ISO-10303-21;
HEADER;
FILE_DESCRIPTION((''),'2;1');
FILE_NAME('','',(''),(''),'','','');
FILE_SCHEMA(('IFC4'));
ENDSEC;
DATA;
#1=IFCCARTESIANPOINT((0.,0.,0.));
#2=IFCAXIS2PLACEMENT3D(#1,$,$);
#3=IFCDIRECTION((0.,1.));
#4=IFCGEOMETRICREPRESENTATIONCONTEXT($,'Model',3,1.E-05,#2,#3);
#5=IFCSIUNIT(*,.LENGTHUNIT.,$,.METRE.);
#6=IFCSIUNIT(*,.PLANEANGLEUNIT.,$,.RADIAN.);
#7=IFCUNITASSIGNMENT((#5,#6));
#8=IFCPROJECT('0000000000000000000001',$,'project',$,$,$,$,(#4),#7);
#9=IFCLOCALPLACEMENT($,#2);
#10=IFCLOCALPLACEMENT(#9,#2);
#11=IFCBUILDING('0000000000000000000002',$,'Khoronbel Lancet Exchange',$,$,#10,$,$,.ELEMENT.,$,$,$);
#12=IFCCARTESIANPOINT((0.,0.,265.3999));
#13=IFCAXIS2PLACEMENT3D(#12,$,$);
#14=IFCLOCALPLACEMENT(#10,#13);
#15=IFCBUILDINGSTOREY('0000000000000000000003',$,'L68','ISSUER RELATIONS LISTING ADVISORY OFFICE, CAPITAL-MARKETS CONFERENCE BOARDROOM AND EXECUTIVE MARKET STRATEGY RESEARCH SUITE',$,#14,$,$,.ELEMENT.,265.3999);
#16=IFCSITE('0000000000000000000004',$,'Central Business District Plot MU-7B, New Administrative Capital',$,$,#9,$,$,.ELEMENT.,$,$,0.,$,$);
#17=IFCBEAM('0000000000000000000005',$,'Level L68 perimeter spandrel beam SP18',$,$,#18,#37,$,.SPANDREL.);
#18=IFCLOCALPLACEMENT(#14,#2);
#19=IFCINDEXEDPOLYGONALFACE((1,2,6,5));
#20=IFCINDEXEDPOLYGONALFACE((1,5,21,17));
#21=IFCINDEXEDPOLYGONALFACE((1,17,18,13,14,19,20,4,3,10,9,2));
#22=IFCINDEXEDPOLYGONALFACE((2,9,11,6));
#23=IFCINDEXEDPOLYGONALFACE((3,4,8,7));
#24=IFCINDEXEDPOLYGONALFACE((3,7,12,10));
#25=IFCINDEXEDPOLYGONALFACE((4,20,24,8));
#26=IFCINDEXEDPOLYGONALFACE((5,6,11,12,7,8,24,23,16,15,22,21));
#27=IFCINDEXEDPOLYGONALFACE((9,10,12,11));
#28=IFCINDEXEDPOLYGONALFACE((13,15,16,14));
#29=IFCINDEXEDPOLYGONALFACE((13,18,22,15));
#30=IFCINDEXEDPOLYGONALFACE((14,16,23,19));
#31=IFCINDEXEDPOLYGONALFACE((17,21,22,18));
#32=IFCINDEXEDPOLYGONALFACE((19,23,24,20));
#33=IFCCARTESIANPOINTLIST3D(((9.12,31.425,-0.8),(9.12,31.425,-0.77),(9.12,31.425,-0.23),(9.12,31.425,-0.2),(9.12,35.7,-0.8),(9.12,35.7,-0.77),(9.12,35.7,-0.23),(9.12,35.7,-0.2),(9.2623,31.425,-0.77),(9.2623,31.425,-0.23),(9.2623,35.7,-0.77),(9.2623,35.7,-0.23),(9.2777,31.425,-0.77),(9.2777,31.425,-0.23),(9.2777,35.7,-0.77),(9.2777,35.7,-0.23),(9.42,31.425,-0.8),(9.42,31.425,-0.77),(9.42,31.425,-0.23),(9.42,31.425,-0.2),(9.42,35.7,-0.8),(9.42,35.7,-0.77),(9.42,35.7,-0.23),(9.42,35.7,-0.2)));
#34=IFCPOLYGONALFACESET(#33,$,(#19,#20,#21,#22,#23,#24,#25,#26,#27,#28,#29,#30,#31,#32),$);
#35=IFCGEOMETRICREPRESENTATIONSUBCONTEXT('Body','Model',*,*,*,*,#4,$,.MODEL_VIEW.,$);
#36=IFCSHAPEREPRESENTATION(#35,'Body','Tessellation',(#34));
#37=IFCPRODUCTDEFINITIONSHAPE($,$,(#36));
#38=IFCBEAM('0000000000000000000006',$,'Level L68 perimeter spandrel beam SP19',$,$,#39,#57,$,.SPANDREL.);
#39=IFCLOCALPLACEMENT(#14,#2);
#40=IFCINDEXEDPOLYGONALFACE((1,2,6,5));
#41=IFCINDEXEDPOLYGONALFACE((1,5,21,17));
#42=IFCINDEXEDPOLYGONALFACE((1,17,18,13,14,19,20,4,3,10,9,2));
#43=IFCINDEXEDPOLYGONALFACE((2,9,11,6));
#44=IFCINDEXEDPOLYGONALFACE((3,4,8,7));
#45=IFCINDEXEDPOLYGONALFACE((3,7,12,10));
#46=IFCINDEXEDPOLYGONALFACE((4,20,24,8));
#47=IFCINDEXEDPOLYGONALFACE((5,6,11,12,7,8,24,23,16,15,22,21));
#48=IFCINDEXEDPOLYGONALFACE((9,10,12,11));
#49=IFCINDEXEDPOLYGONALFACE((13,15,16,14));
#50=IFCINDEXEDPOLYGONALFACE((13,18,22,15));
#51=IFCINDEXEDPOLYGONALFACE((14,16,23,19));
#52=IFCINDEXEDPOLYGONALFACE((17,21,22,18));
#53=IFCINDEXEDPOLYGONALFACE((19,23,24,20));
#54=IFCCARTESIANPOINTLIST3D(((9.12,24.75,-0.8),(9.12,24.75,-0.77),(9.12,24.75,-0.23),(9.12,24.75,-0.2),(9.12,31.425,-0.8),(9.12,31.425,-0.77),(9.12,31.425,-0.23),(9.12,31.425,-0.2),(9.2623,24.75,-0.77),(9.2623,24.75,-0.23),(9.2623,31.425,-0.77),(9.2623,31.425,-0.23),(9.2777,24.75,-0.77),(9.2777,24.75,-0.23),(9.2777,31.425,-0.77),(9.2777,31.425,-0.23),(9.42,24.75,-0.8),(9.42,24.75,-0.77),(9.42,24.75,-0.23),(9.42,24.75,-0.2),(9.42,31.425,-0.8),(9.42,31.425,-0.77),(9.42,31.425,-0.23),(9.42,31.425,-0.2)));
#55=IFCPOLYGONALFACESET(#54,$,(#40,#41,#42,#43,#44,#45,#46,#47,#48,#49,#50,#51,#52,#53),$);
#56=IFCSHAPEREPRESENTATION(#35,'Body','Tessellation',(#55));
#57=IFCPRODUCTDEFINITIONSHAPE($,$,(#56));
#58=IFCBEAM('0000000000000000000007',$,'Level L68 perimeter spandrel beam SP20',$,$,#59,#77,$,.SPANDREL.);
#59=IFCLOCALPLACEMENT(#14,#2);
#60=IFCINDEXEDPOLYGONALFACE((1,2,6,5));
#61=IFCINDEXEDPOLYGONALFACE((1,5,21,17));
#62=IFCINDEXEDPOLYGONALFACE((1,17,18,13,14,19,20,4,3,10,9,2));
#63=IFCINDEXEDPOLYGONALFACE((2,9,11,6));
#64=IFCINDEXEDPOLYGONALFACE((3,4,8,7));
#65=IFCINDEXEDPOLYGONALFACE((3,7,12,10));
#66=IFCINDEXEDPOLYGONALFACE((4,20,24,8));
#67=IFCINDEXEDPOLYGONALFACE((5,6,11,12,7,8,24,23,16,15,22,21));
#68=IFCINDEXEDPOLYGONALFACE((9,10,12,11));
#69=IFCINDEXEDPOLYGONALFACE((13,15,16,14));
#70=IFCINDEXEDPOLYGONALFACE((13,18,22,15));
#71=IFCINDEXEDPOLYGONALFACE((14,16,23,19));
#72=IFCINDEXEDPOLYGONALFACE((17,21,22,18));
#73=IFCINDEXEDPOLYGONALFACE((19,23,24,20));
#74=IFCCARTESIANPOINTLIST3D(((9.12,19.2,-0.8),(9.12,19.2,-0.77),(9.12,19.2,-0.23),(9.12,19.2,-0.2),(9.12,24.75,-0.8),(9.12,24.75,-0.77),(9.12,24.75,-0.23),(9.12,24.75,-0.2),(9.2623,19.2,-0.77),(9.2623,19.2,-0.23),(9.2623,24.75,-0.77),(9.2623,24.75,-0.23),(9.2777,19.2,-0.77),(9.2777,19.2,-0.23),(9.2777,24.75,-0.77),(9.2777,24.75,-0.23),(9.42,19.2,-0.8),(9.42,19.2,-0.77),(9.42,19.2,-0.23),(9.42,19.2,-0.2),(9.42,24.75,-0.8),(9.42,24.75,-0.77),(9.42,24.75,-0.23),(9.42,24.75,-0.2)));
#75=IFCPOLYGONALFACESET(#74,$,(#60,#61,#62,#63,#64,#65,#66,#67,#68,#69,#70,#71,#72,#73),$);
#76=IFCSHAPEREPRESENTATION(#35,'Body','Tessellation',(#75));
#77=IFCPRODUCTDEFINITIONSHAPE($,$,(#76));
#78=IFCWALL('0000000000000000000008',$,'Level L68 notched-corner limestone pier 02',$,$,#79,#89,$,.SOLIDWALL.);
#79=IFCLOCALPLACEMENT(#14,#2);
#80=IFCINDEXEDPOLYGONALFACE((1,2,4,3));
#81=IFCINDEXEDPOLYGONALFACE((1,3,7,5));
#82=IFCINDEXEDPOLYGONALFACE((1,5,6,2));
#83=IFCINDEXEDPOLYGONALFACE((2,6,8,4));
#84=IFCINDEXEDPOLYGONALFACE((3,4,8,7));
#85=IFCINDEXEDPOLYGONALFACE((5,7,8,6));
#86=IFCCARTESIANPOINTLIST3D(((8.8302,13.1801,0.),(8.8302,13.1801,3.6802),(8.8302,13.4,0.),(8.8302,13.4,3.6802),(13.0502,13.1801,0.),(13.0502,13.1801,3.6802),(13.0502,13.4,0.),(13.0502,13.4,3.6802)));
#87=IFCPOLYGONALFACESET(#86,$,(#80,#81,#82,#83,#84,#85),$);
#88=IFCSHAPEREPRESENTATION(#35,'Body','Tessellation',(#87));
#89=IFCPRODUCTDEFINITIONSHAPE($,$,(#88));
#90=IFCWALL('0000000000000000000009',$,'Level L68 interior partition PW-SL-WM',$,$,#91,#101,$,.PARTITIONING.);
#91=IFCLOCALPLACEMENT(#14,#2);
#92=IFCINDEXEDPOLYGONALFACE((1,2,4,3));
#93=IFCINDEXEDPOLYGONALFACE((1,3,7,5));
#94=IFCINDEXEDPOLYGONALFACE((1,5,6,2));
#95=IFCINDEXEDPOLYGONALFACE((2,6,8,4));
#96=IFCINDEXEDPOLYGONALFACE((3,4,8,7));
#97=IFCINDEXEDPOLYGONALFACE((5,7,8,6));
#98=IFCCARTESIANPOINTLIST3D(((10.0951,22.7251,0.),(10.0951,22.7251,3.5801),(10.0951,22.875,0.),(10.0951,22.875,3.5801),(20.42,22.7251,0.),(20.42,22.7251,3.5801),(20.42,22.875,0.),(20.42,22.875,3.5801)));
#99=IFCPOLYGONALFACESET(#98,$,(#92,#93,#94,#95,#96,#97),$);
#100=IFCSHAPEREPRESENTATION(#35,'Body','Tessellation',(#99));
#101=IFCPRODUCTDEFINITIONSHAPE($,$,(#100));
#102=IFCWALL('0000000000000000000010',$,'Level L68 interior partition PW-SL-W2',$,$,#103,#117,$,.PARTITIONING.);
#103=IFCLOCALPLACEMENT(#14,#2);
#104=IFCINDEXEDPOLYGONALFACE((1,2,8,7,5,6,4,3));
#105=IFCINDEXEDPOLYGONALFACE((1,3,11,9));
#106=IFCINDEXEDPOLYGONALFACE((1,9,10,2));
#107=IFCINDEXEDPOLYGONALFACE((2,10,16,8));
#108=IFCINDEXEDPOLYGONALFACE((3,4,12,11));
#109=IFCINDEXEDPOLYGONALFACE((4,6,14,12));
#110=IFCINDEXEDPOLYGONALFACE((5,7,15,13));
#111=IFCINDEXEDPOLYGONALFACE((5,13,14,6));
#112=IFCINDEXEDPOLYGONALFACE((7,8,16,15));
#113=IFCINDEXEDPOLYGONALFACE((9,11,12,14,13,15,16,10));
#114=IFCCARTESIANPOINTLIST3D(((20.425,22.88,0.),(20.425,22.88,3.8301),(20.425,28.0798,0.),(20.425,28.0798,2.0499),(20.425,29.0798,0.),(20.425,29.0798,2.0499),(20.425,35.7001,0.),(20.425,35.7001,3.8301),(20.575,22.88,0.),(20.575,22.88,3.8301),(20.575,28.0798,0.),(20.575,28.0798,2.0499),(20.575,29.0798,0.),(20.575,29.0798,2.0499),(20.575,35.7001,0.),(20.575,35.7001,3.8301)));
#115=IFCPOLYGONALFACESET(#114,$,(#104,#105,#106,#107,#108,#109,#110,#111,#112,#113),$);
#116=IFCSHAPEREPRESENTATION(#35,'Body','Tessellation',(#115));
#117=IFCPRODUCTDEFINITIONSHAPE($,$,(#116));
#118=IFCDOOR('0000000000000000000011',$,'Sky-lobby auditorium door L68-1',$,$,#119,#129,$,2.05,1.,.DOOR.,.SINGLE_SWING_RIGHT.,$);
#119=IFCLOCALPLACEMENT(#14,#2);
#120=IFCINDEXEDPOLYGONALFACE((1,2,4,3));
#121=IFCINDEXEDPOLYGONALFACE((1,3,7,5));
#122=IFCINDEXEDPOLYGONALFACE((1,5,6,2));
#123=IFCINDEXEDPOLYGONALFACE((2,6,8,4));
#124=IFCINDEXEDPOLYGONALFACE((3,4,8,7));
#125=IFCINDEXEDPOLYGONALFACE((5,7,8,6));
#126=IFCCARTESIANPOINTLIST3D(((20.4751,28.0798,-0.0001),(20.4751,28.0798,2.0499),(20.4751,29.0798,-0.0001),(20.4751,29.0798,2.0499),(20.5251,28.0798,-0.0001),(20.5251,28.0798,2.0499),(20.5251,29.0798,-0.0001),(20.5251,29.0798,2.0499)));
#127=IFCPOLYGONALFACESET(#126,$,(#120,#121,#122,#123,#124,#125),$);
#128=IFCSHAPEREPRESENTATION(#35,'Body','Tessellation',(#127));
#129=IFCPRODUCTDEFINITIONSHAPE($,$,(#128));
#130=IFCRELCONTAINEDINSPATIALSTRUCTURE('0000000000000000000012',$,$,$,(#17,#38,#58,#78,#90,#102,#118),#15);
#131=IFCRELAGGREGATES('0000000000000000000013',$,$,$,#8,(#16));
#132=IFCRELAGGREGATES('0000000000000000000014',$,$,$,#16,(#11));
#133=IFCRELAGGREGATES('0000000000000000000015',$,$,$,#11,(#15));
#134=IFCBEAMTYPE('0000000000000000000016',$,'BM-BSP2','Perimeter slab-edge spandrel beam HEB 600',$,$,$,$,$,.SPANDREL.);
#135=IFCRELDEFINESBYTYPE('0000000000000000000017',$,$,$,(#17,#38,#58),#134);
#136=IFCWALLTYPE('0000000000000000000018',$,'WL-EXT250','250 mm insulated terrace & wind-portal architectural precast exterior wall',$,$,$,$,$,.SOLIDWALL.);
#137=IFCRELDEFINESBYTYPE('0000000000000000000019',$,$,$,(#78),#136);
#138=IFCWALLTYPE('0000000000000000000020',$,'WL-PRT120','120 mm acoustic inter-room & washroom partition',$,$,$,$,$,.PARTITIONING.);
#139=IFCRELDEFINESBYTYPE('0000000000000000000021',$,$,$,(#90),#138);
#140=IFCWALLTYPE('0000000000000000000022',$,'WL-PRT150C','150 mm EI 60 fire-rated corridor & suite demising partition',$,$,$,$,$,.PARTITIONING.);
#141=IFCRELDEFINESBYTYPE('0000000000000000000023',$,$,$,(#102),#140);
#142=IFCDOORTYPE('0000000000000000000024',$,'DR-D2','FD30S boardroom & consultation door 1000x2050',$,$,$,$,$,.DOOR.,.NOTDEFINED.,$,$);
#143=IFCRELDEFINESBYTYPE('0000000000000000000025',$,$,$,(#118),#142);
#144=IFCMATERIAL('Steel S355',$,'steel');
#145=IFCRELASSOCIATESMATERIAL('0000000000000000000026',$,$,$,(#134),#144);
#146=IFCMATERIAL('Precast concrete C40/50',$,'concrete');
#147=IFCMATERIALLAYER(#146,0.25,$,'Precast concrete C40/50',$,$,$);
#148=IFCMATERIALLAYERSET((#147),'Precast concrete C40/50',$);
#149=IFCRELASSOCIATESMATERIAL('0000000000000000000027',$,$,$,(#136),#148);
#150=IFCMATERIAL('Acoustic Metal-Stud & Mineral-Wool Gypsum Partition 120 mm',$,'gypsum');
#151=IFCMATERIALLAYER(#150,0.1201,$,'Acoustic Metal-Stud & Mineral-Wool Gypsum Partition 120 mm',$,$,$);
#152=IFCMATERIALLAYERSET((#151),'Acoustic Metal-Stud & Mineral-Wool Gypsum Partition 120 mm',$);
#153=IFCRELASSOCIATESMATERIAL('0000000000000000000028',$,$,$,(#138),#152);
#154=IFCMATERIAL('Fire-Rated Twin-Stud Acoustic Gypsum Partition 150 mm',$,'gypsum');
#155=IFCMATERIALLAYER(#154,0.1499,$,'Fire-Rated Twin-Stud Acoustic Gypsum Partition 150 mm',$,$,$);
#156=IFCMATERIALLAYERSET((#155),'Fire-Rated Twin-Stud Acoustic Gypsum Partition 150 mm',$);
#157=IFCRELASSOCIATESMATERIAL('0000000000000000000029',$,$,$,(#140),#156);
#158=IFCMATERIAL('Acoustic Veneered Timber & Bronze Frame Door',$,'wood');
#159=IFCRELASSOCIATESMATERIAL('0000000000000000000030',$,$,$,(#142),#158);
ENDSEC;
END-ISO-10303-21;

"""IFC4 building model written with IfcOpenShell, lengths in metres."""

from ifc_helpers import new_model, si_unit, direction, frame, frame_2d, origin, origin_2d, place, context, subcontext, project, spatial, rectangle, i_section, extrude, material, layer, layer_set, material_profile, profile_set, type_object, element, fill, save


model = new_model("IFC4")

# Units and contexts
model_context = context("Model", 3, precision=1e-05, world=origin(), true_north=direction((0.0, 1.0)))
body_context = subcontext(model_context, "Body", "Model", "MODEL_VIEW")
ifc_project = project(units=[si_unit("LENGTHUNIT", "METRE"), si_unit("PLANEANGLEUNIT", "RADIAN")], contexts=[model_context])

# Site, building, storey
site_placement = place(None, origin())
site = spatial("IfcSite", under=ifc_project, at=site_placement, Name="Central Business District Plot MU-7B, New Administrative Capital", CompositionType="ELEMENT", RefElevation=0.0)
building_placement = place(site_placement, origin())
building = spatial("IfcBuilding", under=site, at=building_placement, Name="Khoronbel Lancet Exchange", CompositionType="ELEMENT")
storey_placement = place(building_placement, frame((0.0, 0.0, 265.3999)))
storey = spatial("IfcBuildingStorey", under=building, at=storey_placement, Name="L68", Description="ISSUER RELATIONS LISTING ADVISORY OFFICE, CAPITAL-MARKETS CONFERENCE BOARDROOM AND EXECUTIVE MARKET STRATEGY RESEARCH SUITE", CompositionType="ELEMENT", Elevation=265.3999)

# Shared definitions
ifc_material_1 = material(Name="Steel S355", Category="steel")

# Beams
ifc_material_profile_1 = material_profile(ifc_material_1, i_section(OverallWidth=0.3, OverallDepth=0.6001, WebThickness=0.0154, FlangeThickness=0.03, at=origin_2d()), Name="HEB 600")
ifc_profile_set_1 = profile_set([ifc_material_profile_1], Name="Steel S355")
beam_type_1 = type_object("IfcBeamType", Name="BM-BSP2", Description="Perimeter slab-edge spandrel beam HEB 600", PredefinedType="SPANDREL", material=ifc_profile_set_1)
beam_1_placement = place(storey_placement, frame((9.27, 35.7, -0.5), z_axis=(0.0, -1.0, 0.0), x_axis=(1.0, 0.0, 0.0)))
element("IfcBeam", 1, at=beam_1_placement, inside=storey, type_object=beam_type_1, Name="Level L68 perimeter spandrel beam SP18", PredefinedType="SPANDREL", context=body_context, shape_type="SweptSolid", body=[
    extrude(i_section(OverallWidth=0.3, OverallDepth=0.6001, WebThickness=0.0154, FlangeThickness=0.03, at=origin_2d()), origin(), (0.0, 0.0, 1.0), 4.2749),
])
beam_2_placement = place(storey_placement, frame((9.27, 31.425, -0.5), z_axis=(0.0, -1.0, 0.0), x_axis=(1.0, 0.0, 0.0)))
element("IfcBeam", 2, at=beam_2_placement, inside=storey, type_object=beam_type_1, Name="Level L68 perimeter spandrel beam SP19", PredefinedType="SPANDREL", context=body_context, shape_type="SweptSolid", body=[
    extrude(i_section(OverallWidth=0.3, OverallDepth=0.6001, WebThickness=0.0154, FlangeThickness=0.03, at=origin_2d()), origin(), (0.0, 0.0, 1.0), 6.675),
])
beam_3_placement = place(storey_placement, frame((9.27, 24.75, -0.5), z_axis=(0.0, -1.0, 0.0), x_axis=(1.0, 0.0, 0.0)))
element("IfcBeam", 3, at=beam_3_placement, inside=storey, type_object=beam_type_1, Name="Level L68 perimeter spandrel beam SP20", PredefinedType="SPANDREL", context=body_context, shape_type="SweptSolid", body=[
    extrude(i_section(OverallWidth=0.3, OverallDepth=0.6001, WebThickness=0.0154, FlangeThickness=0.03, at=origin_2d()), origin(), (0.0, 0.0, 1.0), 5.55),
])

# Walls
ifc_material_2 = material(Name="Precast concrete C40/50", Category="concrete")
ifc_layer_1 = layer(ifc_material_2, 0.25, Name="Precast concrete C40/50")
ifc_layer_set_1 = layer_set([ifc_layer_1], Name="Precast concrete C40/50")
wall_type_1 = type_object("IfcWallType", Name="WL-EXT250", Description="250 mm insulated terrace & wind-portal architectural precast exterior wall", PredefinedType="SOLIDWALL", material=ifc_layer_set_1)
wall_1_placement = place(storey_placement, frame((13.05, 13.29, 0.0), z_axis=(0.0, 0.0, 1.0), x_axis=(-1.0, 0.0, 0.0)))
element("IfcWall", 4, at=wall_1_placement, inside=storey, type_object=wall_type_1, Name="Level L68 notched-corner limestone pier 02", PredefinedType="SOLIDWALL", context=body_context, shape_type="SweptSolid", body=[
    extrude(rectangle(XDim=4.22, YDim=0.22, at=frame_2d((2.1099, 0.0))), origin(), (0.0, 0.0, 1.0), 3.6802),
])
ifc_material_3 = material(Name="Acoustic Metal-Stud & Mineral-Wool Gypsum Partition 120 mm", Category="gypsum")
ifc_layer_2 = layer(ifc_material_3, 0.1201, Name="Acoustic Metal-Stud & Mineral-Wool Gypsum Partition 120 mm")
ifc_layer_set_2 = layer_set([ifc_layer_2], Name="Acoustic Metal-Stud & Mineral-Wool Gypsum Partition 120 mm")
wall_type_2 = type_object("IfcWallType", Name="WL-PRT120", Description="120 mm acoustic inter-room & washroom partition", PredefinedType="PARTITIONING", material=ifc_layer_set_2)
wall_2_placement = place(storey_placement, frame((10.095, 22.8, 0.0), z_axis=(0.0, 0.0, 1.0), x_axis=(1.0, 0.0, 0.0)))
element("IfcWall", 5, at=wall_2_placement, inside=storey, type_object=wall_type_2, Name="Level L68 interior partition PW-SL-WM", PredefinedType="PARTITIONING", context=body_context, shape_type="SweptSolid", body=[
    extrude(rectangle(XDim=10.325, YDim=0.1499, at=frame_2d((5.1626, 0.0))), origin(), (0.0, 0.0, 1.0), 3.5801),
])

# Wall, opening, door
ifc_material_4 = material(Name="Fire-Rated Twin-Stud Acoustic Gypsum Partition 150 mm", Category="gypsum")
ifc_layer_3 = layer(ifc_material_4, 0.1499, Name="Fire-Rated Twin-Stud Acoustic Gypsum Partition 150 mm")
ifc_layer_set_3 = layer_set([ifc_layer_3], Name="Fire-Rated Twin-Stud Acoustic Gypsum Partition 150 mm")
wall_type_3 = type_object("IfcWallType", Name="WL-PRT150C", Description="150 mm EI 60 fire-rated corridor & suite demising partition", PredefinedType="PARTITIONING", material=ifc_layer_set_3)
wall_3_placement = place(storey_placement, frame((20.5, 22.8799, 0.0), z_axis=(0.0, 0.0, 1.0), x_axis=(0.0, 1.0, 0.0)))
wall_3 = element("IfcWall", 6, at=wall_3_placement, inside=storey, type_object=wall_type_3, Name="Level L68 interior partition PW-SL-W2", PredefinedType="PARTITIONING", context=body_context, shape_type="SweptSolid", body=[
    extrude(rectangle(XDim=12.8201, YDim=0.1499, at=frame_2d((6.4102, 0.0))), origin(), (0.0, 0.0, 1.0), 3.8301),
])
opening_placement = place(wall_3_placement, frame((5.2, 0.0, 0.0)))
opening = element("IfcOpeningElement", 7, at=opening_placement, cuts=wall_3, PredefinedType="OPENING", context=body_context, shape_type="SweptSolid", body=[
    extrude(rectangle(XDim=1.0, YDim=2.05, at=frame_2d((0.5, 1.0249))), frame((0.0, 0.085, 0.0), z_axis=(0.0, -1.0, 0.0), x_axis=(1.0, 0.0, 0.0)), (0.0, 0.0, 1.0), 0.1699),
])
ifc_material_5 = material(Name="Acoustic Veneered Timber & Bronze Frame Door", Category="wood")
door_type = type_object("IfcDoorType", Name="DR-D2", Description="FD30S boardroom & consultation door 1000x2050", OperationType="NOTDEFINED", PredefinedType="DOOR", material=ifc_material_5)
door_placement = place(opening_placement, origin())
door = element("IfcDoor", 8, at=door_placement, inside=storey, type_object=door_type, Name="Sky-lobby auditorium door L68-1", OperationType="SINGLE_SWING_RIGHT", OverallHeight=2.05, OverallWidth=1.0, PredefinedType="DOOR", context=body_context, shape_type="SweptSolid", body=[
    extrude(rectangle(XDim=1.0, YDim=2.05, at=frame_2d((0.5, 1.0249))), frame((0.0, 0.0249, 0.0), z_axis=(0.0, -1.0, 0.0), x_axis=(1.0, 0.0, 0.0)), (0.0, 0.0, 1.0), 0.05),
])
fill(opening, door)

save(model, "model.ifc")
